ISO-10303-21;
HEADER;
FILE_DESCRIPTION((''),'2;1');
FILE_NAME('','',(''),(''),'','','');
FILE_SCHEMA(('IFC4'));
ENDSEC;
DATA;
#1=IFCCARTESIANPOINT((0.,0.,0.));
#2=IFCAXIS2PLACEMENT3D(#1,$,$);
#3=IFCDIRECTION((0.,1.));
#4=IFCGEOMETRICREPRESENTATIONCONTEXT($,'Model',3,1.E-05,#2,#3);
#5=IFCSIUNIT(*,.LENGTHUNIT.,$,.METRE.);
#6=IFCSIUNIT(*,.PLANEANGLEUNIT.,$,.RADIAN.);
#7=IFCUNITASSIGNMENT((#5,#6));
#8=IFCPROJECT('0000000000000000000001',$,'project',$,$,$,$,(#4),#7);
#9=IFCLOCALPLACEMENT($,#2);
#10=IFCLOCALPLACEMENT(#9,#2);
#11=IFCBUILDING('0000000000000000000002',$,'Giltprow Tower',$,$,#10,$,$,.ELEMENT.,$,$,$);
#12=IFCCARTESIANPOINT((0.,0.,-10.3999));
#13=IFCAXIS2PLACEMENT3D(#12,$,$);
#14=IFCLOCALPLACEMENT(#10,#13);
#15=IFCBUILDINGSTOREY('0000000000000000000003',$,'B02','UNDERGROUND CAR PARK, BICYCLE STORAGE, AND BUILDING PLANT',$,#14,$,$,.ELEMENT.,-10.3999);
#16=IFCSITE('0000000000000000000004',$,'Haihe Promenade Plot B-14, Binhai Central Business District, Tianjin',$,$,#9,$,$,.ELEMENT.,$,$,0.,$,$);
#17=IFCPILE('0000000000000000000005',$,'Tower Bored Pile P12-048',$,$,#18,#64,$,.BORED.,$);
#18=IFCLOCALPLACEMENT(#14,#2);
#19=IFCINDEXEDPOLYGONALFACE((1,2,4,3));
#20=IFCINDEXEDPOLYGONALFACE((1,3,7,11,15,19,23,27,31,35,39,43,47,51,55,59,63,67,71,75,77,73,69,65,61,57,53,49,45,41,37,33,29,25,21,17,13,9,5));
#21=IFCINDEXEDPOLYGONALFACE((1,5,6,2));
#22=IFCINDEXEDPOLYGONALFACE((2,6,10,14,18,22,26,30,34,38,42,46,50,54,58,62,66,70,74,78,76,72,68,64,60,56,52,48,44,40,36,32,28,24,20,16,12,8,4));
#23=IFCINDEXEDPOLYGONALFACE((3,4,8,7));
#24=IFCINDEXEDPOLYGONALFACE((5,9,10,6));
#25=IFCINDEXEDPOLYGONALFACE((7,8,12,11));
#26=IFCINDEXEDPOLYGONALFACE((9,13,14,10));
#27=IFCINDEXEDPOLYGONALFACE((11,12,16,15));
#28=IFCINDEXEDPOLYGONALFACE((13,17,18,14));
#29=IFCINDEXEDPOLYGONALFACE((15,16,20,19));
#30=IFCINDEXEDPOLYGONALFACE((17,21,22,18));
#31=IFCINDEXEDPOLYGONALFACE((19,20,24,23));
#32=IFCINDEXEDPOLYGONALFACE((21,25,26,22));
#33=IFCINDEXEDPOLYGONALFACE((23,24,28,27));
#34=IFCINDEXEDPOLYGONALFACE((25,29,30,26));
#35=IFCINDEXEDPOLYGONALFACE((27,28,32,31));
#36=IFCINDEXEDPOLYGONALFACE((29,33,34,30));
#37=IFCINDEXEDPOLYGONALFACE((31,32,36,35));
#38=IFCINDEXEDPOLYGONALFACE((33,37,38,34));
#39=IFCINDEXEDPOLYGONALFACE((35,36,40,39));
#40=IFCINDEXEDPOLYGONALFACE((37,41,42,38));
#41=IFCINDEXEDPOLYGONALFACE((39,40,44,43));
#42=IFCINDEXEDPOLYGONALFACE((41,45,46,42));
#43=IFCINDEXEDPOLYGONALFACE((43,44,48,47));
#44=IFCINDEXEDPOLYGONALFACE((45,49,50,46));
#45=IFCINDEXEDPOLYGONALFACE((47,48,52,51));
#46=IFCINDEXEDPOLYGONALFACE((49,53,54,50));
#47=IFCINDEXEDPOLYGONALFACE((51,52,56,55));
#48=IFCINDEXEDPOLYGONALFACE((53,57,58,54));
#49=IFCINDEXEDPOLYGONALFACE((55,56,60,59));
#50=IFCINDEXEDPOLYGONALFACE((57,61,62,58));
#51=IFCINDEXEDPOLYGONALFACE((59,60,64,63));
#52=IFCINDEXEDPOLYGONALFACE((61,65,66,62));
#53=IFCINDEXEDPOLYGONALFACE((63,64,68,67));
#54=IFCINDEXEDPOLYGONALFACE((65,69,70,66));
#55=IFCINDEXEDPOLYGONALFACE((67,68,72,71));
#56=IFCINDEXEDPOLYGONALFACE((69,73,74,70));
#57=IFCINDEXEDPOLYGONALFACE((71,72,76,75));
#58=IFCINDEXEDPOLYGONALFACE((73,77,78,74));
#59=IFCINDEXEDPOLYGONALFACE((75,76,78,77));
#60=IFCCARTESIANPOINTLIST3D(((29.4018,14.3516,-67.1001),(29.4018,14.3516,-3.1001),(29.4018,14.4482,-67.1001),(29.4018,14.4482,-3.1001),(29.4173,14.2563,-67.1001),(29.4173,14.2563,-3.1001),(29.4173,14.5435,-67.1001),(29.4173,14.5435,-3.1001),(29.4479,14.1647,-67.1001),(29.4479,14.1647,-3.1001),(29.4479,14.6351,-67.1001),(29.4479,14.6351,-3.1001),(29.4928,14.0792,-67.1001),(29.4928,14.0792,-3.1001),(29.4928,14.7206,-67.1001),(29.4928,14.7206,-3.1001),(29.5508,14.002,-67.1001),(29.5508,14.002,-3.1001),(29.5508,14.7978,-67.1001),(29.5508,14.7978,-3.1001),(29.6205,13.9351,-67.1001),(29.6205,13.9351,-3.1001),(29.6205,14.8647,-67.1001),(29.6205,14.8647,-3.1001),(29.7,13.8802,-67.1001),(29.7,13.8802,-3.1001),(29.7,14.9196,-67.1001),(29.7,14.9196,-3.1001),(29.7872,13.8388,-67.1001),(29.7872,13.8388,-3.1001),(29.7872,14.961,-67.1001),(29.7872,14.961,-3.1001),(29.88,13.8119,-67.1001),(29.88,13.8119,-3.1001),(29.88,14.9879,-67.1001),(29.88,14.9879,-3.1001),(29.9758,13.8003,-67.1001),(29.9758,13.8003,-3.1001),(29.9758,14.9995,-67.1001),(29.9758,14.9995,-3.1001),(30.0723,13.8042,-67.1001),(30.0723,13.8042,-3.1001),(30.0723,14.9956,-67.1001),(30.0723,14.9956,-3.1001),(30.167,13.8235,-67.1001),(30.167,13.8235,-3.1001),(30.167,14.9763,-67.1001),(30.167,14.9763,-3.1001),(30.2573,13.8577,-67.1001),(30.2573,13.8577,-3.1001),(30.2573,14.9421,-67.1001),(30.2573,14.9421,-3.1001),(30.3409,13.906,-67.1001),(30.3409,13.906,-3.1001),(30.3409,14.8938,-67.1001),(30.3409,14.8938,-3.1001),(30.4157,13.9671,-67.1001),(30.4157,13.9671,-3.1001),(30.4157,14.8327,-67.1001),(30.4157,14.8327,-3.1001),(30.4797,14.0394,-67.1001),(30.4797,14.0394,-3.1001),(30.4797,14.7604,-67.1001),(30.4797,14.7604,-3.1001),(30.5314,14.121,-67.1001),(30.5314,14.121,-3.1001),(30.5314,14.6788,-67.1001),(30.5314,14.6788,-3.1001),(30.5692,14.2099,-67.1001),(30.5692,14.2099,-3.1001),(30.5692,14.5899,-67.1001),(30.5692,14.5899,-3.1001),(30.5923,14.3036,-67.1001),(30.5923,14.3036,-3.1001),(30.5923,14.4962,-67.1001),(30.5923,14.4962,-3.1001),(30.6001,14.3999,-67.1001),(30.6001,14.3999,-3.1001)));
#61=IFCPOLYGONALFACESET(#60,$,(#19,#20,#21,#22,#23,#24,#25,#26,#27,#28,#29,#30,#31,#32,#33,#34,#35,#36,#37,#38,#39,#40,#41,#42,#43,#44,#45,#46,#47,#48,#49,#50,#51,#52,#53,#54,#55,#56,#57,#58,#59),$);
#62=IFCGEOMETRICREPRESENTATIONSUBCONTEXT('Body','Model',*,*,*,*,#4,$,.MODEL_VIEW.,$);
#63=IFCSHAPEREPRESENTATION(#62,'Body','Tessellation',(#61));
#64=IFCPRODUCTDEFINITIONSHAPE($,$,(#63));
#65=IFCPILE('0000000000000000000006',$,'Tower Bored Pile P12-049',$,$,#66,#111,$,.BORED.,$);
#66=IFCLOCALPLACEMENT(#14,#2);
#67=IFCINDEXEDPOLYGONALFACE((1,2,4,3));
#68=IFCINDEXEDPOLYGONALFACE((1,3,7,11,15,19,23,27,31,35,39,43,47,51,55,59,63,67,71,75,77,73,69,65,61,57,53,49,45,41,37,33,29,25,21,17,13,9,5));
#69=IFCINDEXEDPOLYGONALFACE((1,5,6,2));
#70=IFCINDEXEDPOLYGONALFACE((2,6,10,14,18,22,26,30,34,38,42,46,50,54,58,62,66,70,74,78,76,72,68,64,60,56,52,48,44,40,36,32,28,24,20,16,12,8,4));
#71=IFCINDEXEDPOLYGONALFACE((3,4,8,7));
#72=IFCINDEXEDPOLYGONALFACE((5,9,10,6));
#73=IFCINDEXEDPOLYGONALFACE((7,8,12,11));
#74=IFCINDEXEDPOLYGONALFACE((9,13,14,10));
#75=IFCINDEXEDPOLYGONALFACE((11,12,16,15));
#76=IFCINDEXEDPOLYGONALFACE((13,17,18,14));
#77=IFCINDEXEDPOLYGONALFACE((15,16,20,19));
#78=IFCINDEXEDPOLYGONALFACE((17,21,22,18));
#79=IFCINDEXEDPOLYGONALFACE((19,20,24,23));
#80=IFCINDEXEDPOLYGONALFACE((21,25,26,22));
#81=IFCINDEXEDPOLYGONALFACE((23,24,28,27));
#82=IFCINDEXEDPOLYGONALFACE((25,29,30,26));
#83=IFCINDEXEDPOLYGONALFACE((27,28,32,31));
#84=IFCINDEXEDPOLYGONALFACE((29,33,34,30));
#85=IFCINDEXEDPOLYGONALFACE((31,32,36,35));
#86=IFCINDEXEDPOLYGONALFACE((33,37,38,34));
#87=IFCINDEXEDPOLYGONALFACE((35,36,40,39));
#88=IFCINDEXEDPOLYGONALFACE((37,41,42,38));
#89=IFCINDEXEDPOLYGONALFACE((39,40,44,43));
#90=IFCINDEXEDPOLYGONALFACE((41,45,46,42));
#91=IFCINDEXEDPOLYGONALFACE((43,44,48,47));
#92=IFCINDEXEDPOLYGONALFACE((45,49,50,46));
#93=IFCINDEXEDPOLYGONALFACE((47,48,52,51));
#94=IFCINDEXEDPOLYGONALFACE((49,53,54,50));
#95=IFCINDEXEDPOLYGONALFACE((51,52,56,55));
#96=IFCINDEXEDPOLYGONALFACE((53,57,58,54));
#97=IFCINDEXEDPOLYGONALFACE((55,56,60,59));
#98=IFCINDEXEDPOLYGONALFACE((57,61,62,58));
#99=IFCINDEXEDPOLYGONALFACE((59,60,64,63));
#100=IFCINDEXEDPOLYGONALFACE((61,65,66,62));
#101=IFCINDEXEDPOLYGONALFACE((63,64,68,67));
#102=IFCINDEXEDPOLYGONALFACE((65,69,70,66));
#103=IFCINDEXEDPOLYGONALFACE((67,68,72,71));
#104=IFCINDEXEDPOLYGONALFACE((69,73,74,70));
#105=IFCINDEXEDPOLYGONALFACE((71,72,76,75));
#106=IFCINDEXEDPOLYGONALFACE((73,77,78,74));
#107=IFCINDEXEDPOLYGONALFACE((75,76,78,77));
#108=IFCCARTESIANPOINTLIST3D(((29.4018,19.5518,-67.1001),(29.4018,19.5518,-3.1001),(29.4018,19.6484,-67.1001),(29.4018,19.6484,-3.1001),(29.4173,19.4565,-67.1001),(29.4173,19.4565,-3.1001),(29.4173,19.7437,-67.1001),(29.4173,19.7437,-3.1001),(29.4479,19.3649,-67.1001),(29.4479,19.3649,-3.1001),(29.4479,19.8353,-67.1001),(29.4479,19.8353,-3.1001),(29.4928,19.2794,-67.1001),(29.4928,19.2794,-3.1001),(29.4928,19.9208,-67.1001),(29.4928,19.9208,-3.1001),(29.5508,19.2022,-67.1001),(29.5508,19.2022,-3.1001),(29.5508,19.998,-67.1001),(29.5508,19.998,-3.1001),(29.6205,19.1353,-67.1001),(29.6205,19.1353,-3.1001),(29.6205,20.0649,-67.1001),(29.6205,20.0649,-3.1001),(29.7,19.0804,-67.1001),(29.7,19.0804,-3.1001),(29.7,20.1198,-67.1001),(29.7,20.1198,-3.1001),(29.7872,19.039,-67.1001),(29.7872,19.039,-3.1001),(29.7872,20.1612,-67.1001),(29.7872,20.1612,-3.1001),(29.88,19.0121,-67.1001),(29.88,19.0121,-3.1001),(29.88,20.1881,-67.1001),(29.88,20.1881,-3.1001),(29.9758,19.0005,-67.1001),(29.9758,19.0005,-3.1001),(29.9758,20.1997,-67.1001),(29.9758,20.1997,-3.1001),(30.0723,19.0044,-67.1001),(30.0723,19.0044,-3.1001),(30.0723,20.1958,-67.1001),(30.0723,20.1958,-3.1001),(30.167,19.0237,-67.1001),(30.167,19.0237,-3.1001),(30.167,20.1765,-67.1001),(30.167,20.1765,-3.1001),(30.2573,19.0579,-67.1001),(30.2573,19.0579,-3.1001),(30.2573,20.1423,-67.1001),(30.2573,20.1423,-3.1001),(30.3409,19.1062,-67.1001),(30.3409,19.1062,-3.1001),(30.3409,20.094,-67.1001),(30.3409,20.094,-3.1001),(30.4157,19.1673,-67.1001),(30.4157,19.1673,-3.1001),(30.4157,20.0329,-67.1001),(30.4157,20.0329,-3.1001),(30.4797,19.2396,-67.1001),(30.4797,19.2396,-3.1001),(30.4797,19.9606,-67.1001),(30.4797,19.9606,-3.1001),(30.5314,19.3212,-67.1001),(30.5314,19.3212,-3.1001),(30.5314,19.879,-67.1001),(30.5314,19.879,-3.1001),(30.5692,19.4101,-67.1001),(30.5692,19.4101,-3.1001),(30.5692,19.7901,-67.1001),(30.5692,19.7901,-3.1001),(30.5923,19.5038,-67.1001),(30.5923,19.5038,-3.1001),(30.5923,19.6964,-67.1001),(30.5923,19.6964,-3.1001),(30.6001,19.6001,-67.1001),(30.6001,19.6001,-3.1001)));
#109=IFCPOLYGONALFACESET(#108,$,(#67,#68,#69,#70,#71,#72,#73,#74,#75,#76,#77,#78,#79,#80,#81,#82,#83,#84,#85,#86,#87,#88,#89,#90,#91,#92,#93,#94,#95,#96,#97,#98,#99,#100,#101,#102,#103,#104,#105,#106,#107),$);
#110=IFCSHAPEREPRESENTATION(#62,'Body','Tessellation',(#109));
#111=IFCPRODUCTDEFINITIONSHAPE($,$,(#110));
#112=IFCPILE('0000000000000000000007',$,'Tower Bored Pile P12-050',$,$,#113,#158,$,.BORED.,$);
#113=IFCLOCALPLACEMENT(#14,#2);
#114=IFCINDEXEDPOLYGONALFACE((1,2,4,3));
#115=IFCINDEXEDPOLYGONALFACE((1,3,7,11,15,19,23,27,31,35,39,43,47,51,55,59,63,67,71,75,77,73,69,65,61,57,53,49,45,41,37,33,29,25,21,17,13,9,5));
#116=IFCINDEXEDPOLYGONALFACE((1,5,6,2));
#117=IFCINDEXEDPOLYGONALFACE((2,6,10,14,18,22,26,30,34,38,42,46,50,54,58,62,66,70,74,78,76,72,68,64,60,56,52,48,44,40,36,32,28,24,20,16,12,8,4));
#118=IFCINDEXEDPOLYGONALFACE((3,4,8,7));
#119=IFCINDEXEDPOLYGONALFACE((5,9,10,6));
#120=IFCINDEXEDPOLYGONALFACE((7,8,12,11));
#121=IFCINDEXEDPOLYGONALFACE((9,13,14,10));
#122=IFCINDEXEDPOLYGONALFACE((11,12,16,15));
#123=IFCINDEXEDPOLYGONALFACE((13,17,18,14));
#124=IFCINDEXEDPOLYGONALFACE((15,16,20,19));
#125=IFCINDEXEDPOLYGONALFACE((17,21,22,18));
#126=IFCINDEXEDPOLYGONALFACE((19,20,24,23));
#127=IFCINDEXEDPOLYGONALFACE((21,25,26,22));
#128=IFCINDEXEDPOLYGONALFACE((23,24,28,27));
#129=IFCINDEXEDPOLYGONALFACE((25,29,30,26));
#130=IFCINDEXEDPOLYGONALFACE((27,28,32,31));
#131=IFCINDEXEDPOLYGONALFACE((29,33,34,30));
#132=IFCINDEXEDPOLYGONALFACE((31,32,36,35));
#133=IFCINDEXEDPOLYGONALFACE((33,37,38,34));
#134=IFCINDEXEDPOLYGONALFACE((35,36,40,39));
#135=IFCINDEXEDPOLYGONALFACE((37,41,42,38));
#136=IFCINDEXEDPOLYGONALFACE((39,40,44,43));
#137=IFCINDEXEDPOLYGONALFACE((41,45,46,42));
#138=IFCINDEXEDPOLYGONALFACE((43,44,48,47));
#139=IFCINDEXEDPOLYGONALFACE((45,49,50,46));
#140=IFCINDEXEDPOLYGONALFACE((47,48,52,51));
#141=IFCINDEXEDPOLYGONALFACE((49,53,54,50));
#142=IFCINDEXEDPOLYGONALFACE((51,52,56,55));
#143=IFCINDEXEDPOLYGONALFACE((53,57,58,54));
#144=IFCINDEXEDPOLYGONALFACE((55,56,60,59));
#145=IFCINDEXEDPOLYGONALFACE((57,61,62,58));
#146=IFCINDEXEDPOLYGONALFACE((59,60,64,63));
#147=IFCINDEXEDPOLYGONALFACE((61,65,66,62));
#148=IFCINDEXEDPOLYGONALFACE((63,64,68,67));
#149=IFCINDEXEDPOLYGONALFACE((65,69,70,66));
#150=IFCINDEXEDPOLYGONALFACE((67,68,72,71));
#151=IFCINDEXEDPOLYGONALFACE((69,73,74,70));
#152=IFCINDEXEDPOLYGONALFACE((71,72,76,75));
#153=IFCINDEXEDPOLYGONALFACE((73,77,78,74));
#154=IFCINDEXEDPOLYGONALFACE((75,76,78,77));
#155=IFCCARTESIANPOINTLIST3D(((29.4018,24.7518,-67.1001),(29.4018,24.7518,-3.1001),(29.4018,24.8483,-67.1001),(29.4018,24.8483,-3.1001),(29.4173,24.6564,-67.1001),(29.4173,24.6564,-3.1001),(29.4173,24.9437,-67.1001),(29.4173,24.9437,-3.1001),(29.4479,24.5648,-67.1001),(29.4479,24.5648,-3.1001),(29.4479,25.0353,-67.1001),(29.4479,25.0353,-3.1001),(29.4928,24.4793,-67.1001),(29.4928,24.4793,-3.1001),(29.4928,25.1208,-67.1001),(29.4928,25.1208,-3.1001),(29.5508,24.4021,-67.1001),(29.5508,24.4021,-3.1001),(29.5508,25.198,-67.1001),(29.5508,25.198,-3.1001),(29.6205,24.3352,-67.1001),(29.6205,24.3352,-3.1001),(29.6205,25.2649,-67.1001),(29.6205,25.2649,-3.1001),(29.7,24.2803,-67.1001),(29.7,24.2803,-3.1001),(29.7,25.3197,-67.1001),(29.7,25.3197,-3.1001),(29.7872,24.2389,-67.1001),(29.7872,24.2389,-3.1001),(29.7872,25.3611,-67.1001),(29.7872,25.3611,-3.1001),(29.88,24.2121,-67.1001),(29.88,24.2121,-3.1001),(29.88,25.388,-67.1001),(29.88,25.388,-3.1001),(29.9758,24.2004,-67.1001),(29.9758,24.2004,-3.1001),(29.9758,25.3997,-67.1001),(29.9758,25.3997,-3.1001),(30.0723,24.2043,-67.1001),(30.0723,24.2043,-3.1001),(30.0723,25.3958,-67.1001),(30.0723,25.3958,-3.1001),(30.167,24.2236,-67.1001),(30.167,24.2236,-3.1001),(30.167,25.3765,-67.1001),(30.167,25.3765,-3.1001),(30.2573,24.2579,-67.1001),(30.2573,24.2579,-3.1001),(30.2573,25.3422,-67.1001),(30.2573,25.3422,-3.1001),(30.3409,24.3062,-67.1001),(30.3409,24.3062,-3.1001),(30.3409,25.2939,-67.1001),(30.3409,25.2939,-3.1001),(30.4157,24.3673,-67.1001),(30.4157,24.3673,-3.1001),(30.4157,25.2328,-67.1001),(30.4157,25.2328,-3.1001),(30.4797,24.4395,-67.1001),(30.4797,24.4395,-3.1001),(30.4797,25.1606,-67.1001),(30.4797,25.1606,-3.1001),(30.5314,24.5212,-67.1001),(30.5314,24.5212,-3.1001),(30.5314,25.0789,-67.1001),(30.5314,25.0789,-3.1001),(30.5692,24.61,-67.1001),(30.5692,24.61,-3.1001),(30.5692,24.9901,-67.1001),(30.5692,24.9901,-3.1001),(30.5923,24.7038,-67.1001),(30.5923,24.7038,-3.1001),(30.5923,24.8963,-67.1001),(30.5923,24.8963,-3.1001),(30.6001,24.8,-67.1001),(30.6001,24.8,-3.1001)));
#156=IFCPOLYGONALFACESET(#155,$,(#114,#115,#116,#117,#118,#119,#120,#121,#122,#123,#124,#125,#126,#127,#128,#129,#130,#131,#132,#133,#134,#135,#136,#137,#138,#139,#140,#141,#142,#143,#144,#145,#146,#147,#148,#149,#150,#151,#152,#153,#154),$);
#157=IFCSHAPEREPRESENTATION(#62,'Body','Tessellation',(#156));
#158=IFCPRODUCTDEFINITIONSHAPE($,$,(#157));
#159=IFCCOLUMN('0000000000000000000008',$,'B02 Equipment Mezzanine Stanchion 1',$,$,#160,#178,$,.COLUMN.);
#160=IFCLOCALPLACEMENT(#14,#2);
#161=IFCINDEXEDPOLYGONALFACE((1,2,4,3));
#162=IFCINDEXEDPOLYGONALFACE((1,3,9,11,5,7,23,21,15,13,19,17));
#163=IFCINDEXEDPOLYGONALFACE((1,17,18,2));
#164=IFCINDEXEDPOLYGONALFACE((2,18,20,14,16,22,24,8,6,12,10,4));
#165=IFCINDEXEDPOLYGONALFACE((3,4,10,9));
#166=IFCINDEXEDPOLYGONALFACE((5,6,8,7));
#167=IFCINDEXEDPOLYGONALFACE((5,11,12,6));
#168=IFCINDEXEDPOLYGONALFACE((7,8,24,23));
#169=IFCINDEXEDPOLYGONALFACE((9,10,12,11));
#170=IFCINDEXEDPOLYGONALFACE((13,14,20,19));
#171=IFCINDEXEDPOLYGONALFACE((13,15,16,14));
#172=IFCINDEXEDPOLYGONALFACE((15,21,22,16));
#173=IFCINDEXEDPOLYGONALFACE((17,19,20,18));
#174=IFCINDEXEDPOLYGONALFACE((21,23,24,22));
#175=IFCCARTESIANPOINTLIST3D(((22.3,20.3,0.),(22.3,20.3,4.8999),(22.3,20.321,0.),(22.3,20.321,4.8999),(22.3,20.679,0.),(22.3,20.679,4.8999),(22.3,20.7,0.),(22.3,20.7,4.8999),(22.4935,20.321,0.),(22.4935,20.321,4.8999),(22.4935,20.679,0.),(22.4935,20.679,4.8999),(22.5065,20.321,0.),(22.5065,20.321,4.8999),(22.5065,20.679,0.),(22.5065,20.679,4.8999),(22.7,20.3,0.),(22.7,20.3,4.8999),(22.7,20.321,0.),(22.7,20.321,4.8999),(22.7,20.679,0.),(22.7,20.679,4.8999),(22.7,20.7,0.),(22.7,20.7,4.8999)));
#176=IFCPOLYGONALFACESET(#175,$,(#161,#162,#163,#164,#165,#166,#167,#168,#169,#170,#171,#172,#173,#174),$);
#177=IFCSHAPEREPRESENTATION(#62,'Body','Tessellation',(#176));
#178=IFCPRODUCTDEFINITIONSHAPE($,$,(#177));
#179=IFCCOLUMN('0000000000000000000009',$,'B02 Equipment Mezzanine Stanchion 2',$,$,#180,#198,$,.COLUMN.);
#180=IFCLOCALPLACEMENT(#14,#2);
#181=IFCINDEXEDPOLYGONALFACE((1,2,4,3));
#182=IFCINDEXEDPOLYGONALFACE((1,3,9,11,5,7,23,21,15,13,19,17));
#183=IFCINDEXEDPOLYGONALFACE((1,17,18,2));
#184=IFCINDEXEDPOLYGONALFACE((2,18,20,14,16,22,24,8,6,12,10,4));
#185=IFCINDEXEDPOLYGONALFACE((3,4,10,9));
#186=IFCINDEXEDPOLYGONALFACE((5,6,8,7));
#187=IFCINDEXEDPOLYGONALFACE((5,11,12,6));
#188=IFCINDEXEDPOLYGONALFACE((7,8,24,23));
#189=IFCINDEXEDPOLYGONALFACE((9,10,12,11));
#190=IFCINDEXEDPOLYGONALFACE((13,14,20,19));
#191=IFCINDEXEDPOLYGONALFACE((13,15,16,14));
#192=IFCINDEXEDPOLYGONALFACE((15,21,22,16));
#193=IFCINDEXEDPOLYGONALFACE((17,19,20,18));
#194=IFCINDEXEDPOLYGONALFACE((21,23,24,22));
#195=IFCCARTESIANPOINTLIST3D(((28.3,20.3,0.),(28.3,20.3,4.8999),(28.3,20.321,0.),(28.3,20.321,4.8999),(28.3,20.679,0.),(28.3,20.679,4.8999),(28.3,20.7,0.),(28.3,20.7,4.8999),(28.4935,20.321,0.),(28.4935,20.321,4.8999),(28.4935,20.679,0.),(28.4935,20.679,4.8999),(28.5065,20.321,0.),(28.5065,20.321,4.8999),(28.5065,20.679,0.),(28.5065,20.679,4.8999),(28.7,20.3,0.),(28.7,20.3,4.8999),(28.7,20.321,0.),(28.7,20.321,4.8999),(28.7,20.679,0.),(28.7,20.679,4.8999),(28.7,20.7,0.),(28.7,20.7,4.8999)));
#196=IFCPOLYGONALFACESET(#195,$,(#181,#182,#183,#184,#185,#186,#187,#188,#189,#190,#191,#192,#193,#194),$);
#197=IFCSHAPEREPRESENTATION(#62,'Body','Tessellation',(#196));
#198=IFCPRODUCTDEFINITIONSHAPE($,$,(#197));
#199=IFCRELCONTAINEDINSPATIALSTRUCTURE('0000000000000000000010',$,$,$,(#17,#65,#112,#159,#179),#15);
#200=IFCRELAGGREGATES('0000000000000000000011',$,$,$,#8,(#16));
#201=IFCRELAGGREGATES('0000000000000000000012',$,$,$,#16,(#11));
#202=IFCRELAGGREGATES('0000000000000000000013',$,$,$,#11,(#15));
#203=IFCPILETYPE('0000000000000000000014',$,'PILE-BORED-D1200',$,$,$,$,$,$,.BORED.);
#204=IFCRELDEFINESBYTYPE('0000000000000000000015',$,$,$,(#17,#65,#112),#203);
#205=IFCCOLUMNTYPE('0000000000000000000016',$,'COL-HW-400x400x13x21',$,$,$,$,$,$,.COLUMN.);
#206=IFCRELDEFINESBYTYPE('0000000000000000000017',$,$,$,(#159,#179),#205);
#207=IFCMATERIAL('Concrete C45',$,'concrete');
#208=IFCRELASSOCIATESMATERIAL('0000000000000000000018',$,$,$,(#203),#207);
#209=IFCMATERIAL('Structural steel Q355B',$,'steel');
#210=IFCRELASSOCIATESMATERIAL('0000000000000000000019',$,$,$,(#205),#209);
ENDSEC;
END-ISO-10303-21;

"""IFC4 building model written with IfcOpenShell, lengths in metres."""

from ifc_helpers import new_model, si_unit, direction, frame, origin, origin_2d, place, context, subcontext, project, spatial, circle, i_section, extrude, source, transform, mapped, material, material_profile, profile_set, type_object, element, save


model = new_model("IFC4")

# Units and contexts
model_context = context("Model", 3, precision=1e-05, world=origin(), true_north=direction((0.0, 1.0)))
body_context = subcontext(model_context, "Body", "Model", "MODEL_VIEW")
ifc_project = project(units=[si_unit("LENGTHUNIT", "METRE"), si_unit("PLANEANGLEUNIT", "RADIAN")], contexts=[model_context])

# Site, building, storey
site_placement = place(None, origin())
site = spatial("IfcSite", under=ifc_project, at=site_placement, Name="Haihe Promenade Plot B-14, Binhai Central Business District, Tianjin", CompositionType="ELEMENT", RefElevation=0.0)
building_placement = place(site_placement, origin())
building = spatial("IfcBuilding", under=site, at=building_placement, Name="Giltprow Tower", CompositionType="ELEMENT")
storey_placement = place(building_placement, frame((0.0, 0.0, -10.3999)))
storey = spatial("IfcBuildingStorey", under=building, at=storey_placement, Name="B02", Description="UNDERGROUND CAR PARK, BICYCLE STORAGE, AND BUILDING PLANT", CompositionType="ELEMENT", Elevation=-10.3999)

# Piles
ifc_material_1 = material(Name="Concrete C45", Category="concrete")
ifc_material_profile_1 = material_profile(ifc_material_1, circle(Radius=0.6001, at=origin_2d()), Name="PILE D1200")
ifc_profile_set_1 = profile_set([ifc_material_profile_1], Name="Concrete C45")
pile_type = type_object("IfcPileType", Name="PILE-BORED-D1200", PredefinedType="BORED", material=ifc_profile_set_1)
shared_shape_1 = source(origin(), body_context, "Body", "SweptSolid", [
    extrude(circle(Radius=0.6001, at=origin_2d()), origin(), (0.0, 0.0, 1.0), 64.0),
])
for number, where, z_axis, x_axis, name in (
    (1, (30.0, 14.3999, -3.1001), (0.0, 0.0, -1.0), (1.0, 0.0, 0.0), "Tower Bored Pile P12-048"),
    (2, (30.0, 19.6001, -3.1001), (0.0, 0.0, -1.0), (1.0, 0.0, 0.0), "Tower Bored Pile P12-049"),
    (3, (30.0, 24.8, -3.1001), (0.0, 0.0, -1.0), (1.0, 0.0, 0.0), "Tower Bored Pile P12-050"),
):
    element("IfcPile", number, at=place(storey_placement, frame(where, z_axis=z_axis, x_axis=x_axis)), inside=storey, type_object=pile_type, Name=name, PredefinedType="BORED", context=body_context, shape_type="MappedRepresentation", body=[
        mapped(shared_shape_1, transform((0.0, 0.0, 0.0), x_axis=(1.0, 0.0, 0.0), y_axis=(0.0, 1.0, 0.0), z_axis=(0.0, 0.0, 1.0), scale=1.0)),
    ])

# Columns
ifc_material_2 = material(Name="Structural steel Q355B", Category="steel")
ifc_material_profile_2 = material_profile(ifc_material_2, i_section(OverallWidth=0.3999, OverallDepth=0.3999, WebThickness=0.0129, FlangeThickness=0.021, at=origin_2d()), Name="HW 400x400x13x21")
ifc_profile_set_2 = profile_set([ifc_material_profile_2], Name="Structural steel Q355B")
column_type = type_object("IfcColumnType", Name="COL-HW-400x400x13x21", PredefinedType="COLUMN", material=ifc_profile_set_2)
shared_shape_2 = source(origin(), body_context, "Body", "SweptSolid", [
    extrude(i_section(OverallWidth=0.3999, OverallDepth=0.3999, WebThickness=0.0129, FlangeThickness=0.021, at=origin_2d()), origin(), (0.0, 0.0, 1.0), 4.8999),
])
for number, where, z_axis, x_axis, name in (
    (4, (22.5, 20.5, 0.0), (0.0, 0.0, 1.0), (1.0, 0.0, 0.0), "B02 Equipment Mezzanine Stanchion 1"),
    (5, (28.5, 20.5, 0.0), (0.0, 0.0, 1.0), (1.0, 0.0, 0.0), "B02 Equipment Mezzanine Stanchion 2"),
):
    element("IfcColumn", number, at=place(storey_placement, frame(where, z_axis=z_axis, x_axis=x_axis)), inside=storey, type_object=column_type, Name=name, PredefinedType="COLUMN", context=body_context, shape_type="MappedRepresentation", body=[
        mapped(shared_shape_2, transform((0.0, 0.0, 0.0), x_axis=(1.0, 0.0, 0.0), y_axis=(0.0, 1.0, 0.0), z_axis=(0.0, 0.0, 1.0), scale=1.0)),
    ])

save(model, "model.ifc")
